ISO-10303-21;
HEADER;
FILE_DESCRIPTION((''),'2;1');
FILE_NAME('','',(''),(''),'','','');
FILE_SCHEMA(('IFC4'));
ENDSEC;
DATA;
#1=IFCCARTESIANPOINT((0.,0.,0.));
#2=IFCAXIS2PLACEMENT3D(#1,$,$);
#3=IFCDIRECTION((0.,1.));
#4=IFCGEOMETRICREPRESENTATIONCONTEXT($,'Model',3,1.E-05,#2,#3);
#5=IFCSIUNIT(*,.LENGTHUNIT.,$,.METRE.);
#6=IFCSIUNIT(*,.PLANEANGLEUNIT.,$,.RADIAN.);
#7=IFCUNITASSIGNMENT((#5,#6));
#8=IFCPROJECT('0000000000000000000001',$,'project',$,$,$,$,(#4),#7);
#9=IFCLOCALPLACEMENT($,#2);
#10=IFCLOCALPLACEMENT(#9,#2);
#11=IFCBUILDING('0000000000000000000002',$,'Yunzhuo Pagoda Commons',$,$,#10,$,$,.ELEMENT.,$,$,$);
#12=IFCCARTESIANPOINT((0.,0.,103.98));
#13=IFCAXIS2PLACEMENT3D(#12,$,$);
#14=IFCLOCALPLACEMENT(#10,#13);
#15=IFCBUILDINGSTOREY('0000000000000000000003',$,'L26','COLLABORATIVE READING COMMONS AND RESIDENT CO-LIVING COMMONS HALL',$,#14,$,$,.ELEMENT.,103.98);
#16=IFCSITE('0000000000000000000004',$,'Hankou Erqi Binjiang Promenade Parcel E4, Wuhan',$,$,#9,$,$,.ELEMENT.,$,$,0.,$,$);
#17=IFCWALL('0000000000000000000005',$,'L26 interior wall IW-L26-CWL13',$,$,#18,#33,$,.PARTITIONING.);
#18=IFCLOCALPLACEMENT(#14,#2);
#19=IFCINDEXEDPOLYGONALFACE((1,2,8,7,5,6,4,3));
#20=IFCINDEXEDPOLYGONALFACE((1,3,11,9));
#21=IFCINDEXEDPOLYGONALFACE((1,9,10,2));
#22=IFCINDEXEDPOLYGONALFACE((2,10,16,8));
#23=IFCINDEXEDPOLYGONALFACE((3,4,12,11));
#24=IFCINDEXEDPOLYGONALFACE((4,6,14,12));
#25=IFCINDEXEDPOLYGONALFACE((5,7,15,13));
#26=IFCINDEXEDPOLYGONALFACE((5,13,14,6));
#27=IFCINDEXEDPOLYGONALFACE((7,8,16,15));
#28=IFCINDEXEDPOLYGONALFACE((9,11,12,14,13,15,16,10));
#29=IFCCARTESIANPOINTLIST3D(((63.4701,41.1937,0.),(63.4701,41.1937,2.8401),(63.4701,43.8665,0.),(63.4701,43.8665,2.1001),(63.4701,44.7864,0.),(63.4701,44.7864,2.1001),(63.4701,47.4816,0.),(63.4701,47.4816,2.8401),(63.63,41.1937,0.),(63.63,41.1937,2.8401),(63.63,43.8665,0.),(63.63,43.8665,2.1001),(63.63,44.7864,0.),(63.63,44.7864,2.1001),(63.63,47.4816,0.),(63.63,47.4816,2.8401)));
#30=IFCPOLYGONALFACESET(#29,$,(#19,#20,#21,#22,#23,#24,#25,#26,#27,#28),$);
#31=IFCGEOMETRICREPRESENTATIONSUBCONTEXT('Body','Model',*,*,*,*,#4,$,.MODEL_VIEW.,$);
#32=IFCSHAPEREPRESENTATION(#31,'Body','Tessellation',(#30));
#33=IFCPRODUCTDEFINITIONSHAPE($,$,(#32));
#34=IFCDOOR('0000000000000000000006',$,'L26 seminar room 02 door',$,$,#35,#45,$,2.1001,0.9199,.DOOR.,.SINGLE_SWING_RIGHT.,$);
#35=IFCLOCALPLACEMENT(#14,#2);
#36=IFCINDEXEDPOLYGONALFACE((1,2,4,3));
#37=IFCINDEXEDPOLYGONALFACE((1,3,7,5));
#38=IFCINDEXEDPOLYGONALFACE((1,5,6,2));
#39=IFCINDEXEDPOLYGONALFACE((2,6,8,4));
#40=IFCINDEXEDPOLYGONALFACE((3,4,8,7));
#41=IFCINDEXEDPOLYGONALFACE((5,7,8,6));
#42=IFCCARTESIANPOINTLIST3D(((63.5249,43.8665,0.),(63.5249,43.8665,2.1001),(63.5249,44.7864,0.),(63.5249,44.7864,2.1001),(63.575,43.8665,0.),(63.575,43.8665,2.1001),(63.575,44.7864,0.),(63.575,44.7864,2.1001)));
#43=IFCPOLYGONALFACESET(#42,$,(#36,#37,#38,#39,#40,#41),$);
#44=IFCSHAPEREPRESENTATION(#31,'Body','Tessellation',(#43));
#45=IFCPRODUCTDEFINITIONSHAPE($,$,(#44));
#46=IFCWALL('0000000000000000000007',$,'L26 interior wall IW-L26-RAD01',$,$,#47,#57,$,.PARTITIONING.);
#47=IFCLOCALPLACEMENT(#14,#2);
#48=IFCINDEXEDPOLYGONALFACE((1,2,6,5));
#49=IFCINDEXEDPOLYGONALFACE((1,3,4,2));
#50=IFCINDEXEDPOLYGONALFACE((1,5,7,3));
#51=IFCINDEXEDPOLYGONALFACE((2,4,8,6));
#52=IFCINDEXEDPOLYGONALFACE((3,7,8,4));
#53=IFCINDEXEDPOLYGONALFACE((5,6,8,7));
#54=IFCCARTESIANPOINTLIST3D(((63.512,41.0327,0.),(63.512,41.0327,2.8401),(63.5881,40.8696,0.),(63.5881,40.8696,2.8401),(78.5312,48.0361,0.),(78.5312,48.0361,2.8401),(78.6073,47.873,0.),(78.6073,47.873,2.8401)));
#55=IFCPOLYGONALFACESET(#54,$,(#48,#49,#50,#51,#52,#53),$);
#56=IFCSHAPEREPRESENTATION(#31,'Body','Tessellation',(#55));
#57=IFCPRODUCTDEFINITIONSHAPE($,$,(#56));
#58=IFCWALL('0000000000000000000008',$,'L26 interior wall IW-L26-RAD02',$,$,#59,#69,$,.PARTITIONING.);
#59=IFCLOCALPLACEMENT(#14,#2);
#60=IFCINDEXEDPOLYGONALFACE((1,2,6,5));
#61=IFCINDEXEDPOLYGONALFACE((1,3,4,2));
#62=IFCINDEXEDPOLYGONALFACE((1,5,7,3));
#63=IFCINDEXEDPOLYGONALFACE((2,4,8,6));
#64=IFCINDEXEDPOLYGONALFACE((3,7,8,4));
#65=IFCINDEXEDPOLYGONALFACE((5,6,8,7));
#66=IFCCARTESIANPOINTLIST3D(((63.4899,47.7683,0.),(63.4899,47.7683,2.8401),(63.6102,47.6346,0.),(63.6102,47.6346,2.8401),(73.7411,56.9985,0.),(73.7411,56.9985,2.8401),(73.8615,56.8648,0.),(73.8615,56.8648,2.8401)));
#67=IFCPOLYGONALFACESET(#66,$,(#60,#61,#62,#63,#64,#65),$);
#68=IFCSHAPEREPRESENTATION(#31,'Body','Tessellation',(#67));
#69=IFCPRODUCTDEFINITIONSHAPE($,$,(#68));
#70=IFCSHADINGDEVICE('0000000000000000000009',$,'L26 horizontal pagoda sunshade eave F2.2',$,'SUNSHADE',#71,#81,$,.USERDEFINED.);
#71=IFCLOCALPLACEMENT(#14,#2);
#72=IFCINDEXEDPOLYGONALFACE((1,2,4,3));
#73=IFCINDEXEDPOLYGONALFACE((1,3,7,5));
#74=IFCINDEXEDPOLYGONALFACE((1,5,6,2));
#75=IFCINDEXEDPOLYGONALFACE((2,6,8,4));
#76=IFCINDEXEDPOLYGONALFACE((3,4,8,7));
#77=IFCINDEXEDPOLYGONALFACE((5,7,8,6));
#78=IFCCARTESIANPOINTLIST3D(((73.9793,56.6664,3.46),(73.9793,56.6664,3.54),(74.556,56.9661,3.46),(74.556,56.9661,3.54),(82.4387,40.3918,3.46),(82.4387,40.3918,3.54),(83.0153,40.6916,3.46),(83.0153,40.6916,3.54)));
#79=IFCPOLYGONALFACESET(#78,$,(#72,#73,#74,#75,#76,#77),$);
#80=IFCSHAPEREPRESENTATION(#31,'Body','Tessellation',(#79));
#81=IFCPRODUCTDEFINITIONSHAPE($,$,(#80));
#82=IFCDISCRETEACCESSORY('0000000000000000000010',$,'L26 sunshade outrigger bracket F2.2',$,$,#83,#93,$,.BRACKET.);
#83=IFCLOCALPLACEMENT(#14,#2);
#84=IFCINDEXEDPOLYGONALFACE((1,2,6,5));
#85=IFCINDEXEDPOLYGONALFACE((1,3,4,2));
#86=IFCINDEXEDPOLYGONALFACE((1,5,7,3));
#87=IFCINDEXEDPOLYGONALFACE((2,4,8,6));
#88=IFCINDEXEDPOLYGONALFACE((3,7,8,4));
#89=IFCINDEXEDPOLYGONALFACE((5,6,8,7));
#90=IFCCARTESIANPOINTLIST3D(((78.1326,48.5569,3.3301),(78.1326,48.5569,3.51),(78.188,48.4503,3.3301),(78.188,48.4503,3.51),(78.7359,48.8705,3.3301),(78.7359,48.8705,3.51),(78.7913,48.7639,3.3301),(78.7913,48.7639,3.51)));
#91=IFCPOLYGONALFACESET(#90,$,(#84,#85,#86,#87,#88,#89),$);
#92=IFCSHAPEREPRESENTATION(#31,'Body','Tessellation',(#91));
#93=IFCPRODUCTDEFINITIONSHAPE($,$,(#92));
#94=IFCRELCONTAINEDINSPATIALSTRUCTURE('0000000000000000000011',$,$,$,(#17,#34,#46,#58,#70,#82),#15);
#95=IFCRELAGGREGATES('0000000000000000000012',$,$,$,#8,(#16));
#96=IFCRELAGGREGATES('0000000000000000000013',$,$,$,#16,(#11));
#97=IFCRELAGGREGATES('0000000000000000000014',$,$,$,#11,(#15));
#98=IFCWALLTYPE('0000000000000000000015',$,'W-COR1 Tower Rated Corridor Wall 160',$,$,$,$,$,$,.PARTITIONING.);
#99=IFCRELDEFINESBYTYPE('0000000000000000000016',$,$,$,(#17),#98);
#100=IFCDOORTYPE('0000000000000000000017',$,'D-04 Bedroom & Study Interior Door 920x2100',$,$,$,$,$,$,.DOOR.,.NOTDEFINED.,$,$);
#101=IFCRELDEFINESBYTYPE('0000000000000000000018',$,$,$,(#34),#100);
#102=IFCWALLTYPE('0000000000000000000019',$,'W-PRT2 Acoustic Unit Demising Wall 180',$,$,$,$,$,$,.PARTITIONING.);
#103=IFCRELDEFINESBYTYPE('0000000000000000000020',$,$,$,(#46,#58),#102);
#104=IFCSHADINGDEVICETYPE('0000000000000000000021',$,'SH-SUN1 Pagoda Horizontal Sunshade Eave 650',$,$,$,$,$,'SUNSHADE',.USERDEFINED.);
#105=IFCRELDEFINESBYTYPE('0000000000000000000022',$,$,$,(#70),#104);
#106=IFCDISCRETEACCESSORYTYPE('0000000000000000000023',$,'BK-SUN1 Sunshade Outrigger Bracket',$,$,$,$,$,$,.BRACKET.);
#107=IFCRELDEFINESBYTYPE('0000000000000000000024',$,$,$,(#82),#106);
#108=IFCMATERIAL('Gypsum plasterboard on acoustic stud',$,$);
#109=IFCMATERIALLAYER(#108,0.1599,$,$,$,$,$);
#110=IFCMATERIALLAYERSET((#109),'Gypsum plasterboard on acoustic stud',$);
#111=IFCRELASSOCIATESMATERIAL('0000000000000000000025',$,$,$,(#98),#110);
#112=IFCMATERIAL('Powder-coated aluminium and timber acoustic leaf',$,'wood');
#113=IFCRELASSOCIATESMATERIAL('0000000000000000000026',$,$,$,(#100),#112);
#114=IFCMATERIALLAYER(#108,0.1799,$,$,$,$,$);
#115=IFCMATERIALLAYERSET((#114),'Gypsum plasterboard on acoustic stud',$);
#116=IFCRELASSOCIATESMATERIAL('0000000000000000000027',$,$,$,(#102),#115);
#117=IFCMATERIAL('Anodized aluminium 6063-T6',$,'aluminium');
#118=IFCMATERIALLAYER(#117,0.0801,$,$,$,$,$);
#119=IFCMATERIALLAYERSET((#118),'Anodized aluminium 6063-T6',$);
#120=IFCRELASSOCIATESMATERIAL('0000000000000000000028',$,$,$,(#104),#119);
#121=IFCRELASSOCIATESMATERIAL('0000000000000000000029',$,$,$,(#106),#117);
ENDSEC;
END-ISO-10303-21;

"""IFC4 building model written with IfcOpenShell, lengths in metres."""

from ifc_helpers import new_model, si_unit, direction, frame, frame_2d, origin, origin_with_axes, origin_2d, place, context, subcontext, project, spatial, rectangle, extrude, source, transform, mapped, material, layer, layer_set, type_object, element, fill, save


model = new_model("IFC4")

# Units and contexts
model_context = context("Model", 3, precision=1e-05, world=origin(), true_north=direction((0.0, 1.0)))
body_context = subcontext(model_context, "Body", "Model", "MODEL_VIEW")
ifc_project = project(units=[si_unit("LENGTHUNIT", "METRE"), si_unit("PLANEANGLEUNIT", "RADIAN")], contexts=[model_context])

# Site, building, storey
site_placement = place(None, origin())
site = spatial("IfcSite", under=ifc_project, at=site_placement, Name="Hankou Erqi Binjiang Promenade Parcel E4, Wuhan", CompositionType="ELEMENT", RefElevation=0.0)
building_placement = place(site_placement, origin())
building = spatial("IfcBuilding", under=site, at=building_placement, Name="Yunzhuo Pagoda Commons", CompositionType="ELEMENT")
storey_placement = place(building_placement, frame((0.0, 0.0, 103.98)))
storey = spatial("IfcBuildingStorey", under=building, at=storey_placement, Name="L26", Description="COLLABORATIVE READING COMMONS AND RESIDENT CO-LIVING COMMONS HALL", CompositionType="ELEMENT", Elevation=103.98)

# Shared definitions
ifc_material_1 = material(Name="Anodized aluminium 6063-T6", Category="aluminium")

# Shared definitions
ifc_material_2 = material(Name="Gypsum plasterboard on acoustic stud")
ifc_layer_1 = layer(ifc_material_2, 0.1599)
ifc_layer_set_1 = layer_set([ifc_layer_1], Name="Gypsum plasterboard on acoustic stud")
wall_type_1 = type_object("IfcWallType", Name="W-COR1 Tower Rated Corridor Wall 160", PredefinedType="PARTITIONING", material=ifc_layer_set_1)

# Wall, opening, door
wall_1_placement = place(storey_placement, frame((63.55, 47.4817, 0.0), z_axis=(0.0, 0.0, 1.0), x_axis=(0.0, -1.0, 0.0)))
wall_1 = element("IfcWall", 1, at=wall_1_placement, inside=storey, type_object=wall_type_1, Name="L26 interior wall IW-L26-CWL13", PredefinedType="PARTITIONING", context=body_context, shape_type="SweptSolid", body=[
    extrude(rectangle(XDim=6.2878, YDim=0.1599, at=frame_2d((3.144, 0.0))), origin(), (0.0, 0.0, 1.0), 2.8401),
])
opening_placement = place(wall_1_placement, frame((2.6953, 0.0, 0.0)))
opening = element("IfcOpeningElement", 2, at=opening_placement, cuts=wall_1, PredefinedType="OPENING", context=body_context, shape_type="SweptSolid", body=[
    extrude(rectangle(XDim=0.9199, YDim=2.1001, at=frame_2d((0.46, 1.05))), frame((0.0, 0.0898, 0.0), z_axis=(0.0, -1.0, 0.0), x_axis=(1.0, 0.0, 0.0)), (0.0, 0.0, 1.0), 0.1799),
])
ifc_material_3 = material(Name="Powder-coated aluminium and timber acoustic leaf", Category="wood")
door_type = type_object("IfcDoorType", Name="D-04 Bedroom & Study Interior Door 920x2100", OperationType="NOTDEFINED", PredefinedType="DOOR", material=ifc_material_3)
shared_shape_1 = source(origin(), body_context, "Body", "SweptSolid", [
    extrude(rectangle(XDim=0.9199, YDim=2.1001, at=frame_2d((0.46, 1.05))), frame((0.0, 0.0249, 0.0), z_axis=(0.0, -1.0, 0.0), x_axis=(1.0, 0.0, 0.0)), (0.0, 0.0, 1.0), 0.05),
])
door_placement = place(opening_placement, origin_with_axes())
door = element("IfcDoor", 3, at=door_placement, inside=storey, type_object=door_type, Name="L26 seminar room 02 door", OperationType="SINGLE_SWING_RIGHT", OverallHeight=2.1001, OverallWidth=0.9199, PredefinedType="DOOR", context=body_context, shape_type="MappedRepresentation", body=[
    mapped(shared_shape_1, transform((0.0, 0.0, 0.0), scale=1.0)),
])
fill(opening, door)

# Walls
ifc_layer_2 = layer(ifc_material_2, 0.1799)
ifc_layer_set_2 = layer_set([ifc_layer_2], Name="Gypsum plasterboard on acoustic stud")
wall_type_2 = type_object("IfcWallType", Name="W-PRT2 Acoustic Unit Demising Wall 180", PredefinedType="PARTITIONING", material=ifc_layer_set_2)
wall_2_placement = place(storey_placement, frame((63.55, 40.9512, 0.0), z_axis=(0.0, 0.0, 1.0), x_axis=(0.906312, 0.422609, 0.0)))
element("IfcWall", 4, at=wall_2_placement, inside=storey, type_object=wall_type_2, Name="L26 interior wall IW-L26-RAD01", PredefinedType="PARTITIONING", context=body_context, shape_type="SweptSolid", body=[
    extrude(rectangle(XDim=16.5718, YDim=0.1799, at=frame_2d((8.2859, 0.0))), origin(), (0.0, 0.0, 1.0), 2.8401),
])
wall_3_placement = place(storey_placement, frame((63.55, 47.7014, 0.0), z_axis=(0.0, 0.0, 1.0), x_axis=(0.743145, 0.66913, 0.0)))
element("IfcWall", 5, at=wall_3_placement, inside=storey, type_object=wall_type_2, Name="L26 interior wall IW-L26-RAD02", PredefinedType="PARTITIONING", context=body_context, shape_type="SweptSolid", body=[
    extrude(rectangle(XDim=13.7944, YDim=0.1799, at=frame_2d((6.8972, 0.0))), origin(), (0.0, 0.0, 1.0), 2.8401),
])

# Shading device
ifc_layer_3 = layer(ifc_material_1, 0.0801)
ifc_layer_set_3 = layer_set([ifc_layer_3], Name="Anodized aluminium 6063-T6")
shading_device_type = type_object("IfcShadingDeviceType", Name="SH-SUN1 Pagoda Horizontal Sunshade Eave 650", ElementType="SUNSHADE", PredefinedType="USERDEFINED", material=ifc_layer_set_3)
shared_shape_2 = source(origin(), body_context, "Body", "SweptSolid", [
    extrude(rectangle(XDim=18.3418, YDim=0.6499, at=origin_2d()), origin(), (0.0, 0.0, 1.0), 0.0801),
])
shading_device_placement = place(storey_placement, frame((78.4973, 48.679, 3.46), z_axis=(0.0, 0.0, 1.0), x_axis=(-0.461207, 0.887293, 0.0)))
element("IfcShadingDevice", 6, at=shading_device_placement, inside=storey, type_object=shading_device_type, Name="L26 horizontal pagoda sunshade eave F2.2", ObjectType="SUNSHADE", PredefinedType="USERDEFINED", context=body_context, shape_type="MappedRepresentation", body=[
    mapped(shared_shape_2, transform((0.0, 0.0, 0.0), scale=1.0)),
])

# Discrete accessory
discrete_accessory_type = type_object("IfcDiscreteAccessoryType", Name="BK-SUN1 Sunshade Outrigger Bracket", PredefinedType="BRACKET", material=ifc_material_1)
shared_shape_3 = source(origin(), body_context, "Body", "SweptSolid", [
    extrude(rectangle(XDim=0.1201, YDim=0.6799, at=origin_2d()), origin(), (0.0, 0.0, 1.0), 0.1799),
])
discrete_accessory_placement = place(storey_placement, frame((78.4619, 48.6604, 3.3301), z_axis=(0.0, 0.0, 1.0), x_axis=(-0.461207, 0.887293, 0.0)))
element("IfcDiscreteAccessory", 7, at=discrete_accessory_placement, inside=storey, type_object=discrete_accessory_type, Name="L26 sunshade outrigger bracket F2.2", PredefinedType="BRACKET", context=body_context, shape_type="MappedRepresentation", body=[
    mapped(shared_shape_3, transform((0.0, 0.0, 0.0), scale=1.0)),
])

save(model, "model.ifc")
